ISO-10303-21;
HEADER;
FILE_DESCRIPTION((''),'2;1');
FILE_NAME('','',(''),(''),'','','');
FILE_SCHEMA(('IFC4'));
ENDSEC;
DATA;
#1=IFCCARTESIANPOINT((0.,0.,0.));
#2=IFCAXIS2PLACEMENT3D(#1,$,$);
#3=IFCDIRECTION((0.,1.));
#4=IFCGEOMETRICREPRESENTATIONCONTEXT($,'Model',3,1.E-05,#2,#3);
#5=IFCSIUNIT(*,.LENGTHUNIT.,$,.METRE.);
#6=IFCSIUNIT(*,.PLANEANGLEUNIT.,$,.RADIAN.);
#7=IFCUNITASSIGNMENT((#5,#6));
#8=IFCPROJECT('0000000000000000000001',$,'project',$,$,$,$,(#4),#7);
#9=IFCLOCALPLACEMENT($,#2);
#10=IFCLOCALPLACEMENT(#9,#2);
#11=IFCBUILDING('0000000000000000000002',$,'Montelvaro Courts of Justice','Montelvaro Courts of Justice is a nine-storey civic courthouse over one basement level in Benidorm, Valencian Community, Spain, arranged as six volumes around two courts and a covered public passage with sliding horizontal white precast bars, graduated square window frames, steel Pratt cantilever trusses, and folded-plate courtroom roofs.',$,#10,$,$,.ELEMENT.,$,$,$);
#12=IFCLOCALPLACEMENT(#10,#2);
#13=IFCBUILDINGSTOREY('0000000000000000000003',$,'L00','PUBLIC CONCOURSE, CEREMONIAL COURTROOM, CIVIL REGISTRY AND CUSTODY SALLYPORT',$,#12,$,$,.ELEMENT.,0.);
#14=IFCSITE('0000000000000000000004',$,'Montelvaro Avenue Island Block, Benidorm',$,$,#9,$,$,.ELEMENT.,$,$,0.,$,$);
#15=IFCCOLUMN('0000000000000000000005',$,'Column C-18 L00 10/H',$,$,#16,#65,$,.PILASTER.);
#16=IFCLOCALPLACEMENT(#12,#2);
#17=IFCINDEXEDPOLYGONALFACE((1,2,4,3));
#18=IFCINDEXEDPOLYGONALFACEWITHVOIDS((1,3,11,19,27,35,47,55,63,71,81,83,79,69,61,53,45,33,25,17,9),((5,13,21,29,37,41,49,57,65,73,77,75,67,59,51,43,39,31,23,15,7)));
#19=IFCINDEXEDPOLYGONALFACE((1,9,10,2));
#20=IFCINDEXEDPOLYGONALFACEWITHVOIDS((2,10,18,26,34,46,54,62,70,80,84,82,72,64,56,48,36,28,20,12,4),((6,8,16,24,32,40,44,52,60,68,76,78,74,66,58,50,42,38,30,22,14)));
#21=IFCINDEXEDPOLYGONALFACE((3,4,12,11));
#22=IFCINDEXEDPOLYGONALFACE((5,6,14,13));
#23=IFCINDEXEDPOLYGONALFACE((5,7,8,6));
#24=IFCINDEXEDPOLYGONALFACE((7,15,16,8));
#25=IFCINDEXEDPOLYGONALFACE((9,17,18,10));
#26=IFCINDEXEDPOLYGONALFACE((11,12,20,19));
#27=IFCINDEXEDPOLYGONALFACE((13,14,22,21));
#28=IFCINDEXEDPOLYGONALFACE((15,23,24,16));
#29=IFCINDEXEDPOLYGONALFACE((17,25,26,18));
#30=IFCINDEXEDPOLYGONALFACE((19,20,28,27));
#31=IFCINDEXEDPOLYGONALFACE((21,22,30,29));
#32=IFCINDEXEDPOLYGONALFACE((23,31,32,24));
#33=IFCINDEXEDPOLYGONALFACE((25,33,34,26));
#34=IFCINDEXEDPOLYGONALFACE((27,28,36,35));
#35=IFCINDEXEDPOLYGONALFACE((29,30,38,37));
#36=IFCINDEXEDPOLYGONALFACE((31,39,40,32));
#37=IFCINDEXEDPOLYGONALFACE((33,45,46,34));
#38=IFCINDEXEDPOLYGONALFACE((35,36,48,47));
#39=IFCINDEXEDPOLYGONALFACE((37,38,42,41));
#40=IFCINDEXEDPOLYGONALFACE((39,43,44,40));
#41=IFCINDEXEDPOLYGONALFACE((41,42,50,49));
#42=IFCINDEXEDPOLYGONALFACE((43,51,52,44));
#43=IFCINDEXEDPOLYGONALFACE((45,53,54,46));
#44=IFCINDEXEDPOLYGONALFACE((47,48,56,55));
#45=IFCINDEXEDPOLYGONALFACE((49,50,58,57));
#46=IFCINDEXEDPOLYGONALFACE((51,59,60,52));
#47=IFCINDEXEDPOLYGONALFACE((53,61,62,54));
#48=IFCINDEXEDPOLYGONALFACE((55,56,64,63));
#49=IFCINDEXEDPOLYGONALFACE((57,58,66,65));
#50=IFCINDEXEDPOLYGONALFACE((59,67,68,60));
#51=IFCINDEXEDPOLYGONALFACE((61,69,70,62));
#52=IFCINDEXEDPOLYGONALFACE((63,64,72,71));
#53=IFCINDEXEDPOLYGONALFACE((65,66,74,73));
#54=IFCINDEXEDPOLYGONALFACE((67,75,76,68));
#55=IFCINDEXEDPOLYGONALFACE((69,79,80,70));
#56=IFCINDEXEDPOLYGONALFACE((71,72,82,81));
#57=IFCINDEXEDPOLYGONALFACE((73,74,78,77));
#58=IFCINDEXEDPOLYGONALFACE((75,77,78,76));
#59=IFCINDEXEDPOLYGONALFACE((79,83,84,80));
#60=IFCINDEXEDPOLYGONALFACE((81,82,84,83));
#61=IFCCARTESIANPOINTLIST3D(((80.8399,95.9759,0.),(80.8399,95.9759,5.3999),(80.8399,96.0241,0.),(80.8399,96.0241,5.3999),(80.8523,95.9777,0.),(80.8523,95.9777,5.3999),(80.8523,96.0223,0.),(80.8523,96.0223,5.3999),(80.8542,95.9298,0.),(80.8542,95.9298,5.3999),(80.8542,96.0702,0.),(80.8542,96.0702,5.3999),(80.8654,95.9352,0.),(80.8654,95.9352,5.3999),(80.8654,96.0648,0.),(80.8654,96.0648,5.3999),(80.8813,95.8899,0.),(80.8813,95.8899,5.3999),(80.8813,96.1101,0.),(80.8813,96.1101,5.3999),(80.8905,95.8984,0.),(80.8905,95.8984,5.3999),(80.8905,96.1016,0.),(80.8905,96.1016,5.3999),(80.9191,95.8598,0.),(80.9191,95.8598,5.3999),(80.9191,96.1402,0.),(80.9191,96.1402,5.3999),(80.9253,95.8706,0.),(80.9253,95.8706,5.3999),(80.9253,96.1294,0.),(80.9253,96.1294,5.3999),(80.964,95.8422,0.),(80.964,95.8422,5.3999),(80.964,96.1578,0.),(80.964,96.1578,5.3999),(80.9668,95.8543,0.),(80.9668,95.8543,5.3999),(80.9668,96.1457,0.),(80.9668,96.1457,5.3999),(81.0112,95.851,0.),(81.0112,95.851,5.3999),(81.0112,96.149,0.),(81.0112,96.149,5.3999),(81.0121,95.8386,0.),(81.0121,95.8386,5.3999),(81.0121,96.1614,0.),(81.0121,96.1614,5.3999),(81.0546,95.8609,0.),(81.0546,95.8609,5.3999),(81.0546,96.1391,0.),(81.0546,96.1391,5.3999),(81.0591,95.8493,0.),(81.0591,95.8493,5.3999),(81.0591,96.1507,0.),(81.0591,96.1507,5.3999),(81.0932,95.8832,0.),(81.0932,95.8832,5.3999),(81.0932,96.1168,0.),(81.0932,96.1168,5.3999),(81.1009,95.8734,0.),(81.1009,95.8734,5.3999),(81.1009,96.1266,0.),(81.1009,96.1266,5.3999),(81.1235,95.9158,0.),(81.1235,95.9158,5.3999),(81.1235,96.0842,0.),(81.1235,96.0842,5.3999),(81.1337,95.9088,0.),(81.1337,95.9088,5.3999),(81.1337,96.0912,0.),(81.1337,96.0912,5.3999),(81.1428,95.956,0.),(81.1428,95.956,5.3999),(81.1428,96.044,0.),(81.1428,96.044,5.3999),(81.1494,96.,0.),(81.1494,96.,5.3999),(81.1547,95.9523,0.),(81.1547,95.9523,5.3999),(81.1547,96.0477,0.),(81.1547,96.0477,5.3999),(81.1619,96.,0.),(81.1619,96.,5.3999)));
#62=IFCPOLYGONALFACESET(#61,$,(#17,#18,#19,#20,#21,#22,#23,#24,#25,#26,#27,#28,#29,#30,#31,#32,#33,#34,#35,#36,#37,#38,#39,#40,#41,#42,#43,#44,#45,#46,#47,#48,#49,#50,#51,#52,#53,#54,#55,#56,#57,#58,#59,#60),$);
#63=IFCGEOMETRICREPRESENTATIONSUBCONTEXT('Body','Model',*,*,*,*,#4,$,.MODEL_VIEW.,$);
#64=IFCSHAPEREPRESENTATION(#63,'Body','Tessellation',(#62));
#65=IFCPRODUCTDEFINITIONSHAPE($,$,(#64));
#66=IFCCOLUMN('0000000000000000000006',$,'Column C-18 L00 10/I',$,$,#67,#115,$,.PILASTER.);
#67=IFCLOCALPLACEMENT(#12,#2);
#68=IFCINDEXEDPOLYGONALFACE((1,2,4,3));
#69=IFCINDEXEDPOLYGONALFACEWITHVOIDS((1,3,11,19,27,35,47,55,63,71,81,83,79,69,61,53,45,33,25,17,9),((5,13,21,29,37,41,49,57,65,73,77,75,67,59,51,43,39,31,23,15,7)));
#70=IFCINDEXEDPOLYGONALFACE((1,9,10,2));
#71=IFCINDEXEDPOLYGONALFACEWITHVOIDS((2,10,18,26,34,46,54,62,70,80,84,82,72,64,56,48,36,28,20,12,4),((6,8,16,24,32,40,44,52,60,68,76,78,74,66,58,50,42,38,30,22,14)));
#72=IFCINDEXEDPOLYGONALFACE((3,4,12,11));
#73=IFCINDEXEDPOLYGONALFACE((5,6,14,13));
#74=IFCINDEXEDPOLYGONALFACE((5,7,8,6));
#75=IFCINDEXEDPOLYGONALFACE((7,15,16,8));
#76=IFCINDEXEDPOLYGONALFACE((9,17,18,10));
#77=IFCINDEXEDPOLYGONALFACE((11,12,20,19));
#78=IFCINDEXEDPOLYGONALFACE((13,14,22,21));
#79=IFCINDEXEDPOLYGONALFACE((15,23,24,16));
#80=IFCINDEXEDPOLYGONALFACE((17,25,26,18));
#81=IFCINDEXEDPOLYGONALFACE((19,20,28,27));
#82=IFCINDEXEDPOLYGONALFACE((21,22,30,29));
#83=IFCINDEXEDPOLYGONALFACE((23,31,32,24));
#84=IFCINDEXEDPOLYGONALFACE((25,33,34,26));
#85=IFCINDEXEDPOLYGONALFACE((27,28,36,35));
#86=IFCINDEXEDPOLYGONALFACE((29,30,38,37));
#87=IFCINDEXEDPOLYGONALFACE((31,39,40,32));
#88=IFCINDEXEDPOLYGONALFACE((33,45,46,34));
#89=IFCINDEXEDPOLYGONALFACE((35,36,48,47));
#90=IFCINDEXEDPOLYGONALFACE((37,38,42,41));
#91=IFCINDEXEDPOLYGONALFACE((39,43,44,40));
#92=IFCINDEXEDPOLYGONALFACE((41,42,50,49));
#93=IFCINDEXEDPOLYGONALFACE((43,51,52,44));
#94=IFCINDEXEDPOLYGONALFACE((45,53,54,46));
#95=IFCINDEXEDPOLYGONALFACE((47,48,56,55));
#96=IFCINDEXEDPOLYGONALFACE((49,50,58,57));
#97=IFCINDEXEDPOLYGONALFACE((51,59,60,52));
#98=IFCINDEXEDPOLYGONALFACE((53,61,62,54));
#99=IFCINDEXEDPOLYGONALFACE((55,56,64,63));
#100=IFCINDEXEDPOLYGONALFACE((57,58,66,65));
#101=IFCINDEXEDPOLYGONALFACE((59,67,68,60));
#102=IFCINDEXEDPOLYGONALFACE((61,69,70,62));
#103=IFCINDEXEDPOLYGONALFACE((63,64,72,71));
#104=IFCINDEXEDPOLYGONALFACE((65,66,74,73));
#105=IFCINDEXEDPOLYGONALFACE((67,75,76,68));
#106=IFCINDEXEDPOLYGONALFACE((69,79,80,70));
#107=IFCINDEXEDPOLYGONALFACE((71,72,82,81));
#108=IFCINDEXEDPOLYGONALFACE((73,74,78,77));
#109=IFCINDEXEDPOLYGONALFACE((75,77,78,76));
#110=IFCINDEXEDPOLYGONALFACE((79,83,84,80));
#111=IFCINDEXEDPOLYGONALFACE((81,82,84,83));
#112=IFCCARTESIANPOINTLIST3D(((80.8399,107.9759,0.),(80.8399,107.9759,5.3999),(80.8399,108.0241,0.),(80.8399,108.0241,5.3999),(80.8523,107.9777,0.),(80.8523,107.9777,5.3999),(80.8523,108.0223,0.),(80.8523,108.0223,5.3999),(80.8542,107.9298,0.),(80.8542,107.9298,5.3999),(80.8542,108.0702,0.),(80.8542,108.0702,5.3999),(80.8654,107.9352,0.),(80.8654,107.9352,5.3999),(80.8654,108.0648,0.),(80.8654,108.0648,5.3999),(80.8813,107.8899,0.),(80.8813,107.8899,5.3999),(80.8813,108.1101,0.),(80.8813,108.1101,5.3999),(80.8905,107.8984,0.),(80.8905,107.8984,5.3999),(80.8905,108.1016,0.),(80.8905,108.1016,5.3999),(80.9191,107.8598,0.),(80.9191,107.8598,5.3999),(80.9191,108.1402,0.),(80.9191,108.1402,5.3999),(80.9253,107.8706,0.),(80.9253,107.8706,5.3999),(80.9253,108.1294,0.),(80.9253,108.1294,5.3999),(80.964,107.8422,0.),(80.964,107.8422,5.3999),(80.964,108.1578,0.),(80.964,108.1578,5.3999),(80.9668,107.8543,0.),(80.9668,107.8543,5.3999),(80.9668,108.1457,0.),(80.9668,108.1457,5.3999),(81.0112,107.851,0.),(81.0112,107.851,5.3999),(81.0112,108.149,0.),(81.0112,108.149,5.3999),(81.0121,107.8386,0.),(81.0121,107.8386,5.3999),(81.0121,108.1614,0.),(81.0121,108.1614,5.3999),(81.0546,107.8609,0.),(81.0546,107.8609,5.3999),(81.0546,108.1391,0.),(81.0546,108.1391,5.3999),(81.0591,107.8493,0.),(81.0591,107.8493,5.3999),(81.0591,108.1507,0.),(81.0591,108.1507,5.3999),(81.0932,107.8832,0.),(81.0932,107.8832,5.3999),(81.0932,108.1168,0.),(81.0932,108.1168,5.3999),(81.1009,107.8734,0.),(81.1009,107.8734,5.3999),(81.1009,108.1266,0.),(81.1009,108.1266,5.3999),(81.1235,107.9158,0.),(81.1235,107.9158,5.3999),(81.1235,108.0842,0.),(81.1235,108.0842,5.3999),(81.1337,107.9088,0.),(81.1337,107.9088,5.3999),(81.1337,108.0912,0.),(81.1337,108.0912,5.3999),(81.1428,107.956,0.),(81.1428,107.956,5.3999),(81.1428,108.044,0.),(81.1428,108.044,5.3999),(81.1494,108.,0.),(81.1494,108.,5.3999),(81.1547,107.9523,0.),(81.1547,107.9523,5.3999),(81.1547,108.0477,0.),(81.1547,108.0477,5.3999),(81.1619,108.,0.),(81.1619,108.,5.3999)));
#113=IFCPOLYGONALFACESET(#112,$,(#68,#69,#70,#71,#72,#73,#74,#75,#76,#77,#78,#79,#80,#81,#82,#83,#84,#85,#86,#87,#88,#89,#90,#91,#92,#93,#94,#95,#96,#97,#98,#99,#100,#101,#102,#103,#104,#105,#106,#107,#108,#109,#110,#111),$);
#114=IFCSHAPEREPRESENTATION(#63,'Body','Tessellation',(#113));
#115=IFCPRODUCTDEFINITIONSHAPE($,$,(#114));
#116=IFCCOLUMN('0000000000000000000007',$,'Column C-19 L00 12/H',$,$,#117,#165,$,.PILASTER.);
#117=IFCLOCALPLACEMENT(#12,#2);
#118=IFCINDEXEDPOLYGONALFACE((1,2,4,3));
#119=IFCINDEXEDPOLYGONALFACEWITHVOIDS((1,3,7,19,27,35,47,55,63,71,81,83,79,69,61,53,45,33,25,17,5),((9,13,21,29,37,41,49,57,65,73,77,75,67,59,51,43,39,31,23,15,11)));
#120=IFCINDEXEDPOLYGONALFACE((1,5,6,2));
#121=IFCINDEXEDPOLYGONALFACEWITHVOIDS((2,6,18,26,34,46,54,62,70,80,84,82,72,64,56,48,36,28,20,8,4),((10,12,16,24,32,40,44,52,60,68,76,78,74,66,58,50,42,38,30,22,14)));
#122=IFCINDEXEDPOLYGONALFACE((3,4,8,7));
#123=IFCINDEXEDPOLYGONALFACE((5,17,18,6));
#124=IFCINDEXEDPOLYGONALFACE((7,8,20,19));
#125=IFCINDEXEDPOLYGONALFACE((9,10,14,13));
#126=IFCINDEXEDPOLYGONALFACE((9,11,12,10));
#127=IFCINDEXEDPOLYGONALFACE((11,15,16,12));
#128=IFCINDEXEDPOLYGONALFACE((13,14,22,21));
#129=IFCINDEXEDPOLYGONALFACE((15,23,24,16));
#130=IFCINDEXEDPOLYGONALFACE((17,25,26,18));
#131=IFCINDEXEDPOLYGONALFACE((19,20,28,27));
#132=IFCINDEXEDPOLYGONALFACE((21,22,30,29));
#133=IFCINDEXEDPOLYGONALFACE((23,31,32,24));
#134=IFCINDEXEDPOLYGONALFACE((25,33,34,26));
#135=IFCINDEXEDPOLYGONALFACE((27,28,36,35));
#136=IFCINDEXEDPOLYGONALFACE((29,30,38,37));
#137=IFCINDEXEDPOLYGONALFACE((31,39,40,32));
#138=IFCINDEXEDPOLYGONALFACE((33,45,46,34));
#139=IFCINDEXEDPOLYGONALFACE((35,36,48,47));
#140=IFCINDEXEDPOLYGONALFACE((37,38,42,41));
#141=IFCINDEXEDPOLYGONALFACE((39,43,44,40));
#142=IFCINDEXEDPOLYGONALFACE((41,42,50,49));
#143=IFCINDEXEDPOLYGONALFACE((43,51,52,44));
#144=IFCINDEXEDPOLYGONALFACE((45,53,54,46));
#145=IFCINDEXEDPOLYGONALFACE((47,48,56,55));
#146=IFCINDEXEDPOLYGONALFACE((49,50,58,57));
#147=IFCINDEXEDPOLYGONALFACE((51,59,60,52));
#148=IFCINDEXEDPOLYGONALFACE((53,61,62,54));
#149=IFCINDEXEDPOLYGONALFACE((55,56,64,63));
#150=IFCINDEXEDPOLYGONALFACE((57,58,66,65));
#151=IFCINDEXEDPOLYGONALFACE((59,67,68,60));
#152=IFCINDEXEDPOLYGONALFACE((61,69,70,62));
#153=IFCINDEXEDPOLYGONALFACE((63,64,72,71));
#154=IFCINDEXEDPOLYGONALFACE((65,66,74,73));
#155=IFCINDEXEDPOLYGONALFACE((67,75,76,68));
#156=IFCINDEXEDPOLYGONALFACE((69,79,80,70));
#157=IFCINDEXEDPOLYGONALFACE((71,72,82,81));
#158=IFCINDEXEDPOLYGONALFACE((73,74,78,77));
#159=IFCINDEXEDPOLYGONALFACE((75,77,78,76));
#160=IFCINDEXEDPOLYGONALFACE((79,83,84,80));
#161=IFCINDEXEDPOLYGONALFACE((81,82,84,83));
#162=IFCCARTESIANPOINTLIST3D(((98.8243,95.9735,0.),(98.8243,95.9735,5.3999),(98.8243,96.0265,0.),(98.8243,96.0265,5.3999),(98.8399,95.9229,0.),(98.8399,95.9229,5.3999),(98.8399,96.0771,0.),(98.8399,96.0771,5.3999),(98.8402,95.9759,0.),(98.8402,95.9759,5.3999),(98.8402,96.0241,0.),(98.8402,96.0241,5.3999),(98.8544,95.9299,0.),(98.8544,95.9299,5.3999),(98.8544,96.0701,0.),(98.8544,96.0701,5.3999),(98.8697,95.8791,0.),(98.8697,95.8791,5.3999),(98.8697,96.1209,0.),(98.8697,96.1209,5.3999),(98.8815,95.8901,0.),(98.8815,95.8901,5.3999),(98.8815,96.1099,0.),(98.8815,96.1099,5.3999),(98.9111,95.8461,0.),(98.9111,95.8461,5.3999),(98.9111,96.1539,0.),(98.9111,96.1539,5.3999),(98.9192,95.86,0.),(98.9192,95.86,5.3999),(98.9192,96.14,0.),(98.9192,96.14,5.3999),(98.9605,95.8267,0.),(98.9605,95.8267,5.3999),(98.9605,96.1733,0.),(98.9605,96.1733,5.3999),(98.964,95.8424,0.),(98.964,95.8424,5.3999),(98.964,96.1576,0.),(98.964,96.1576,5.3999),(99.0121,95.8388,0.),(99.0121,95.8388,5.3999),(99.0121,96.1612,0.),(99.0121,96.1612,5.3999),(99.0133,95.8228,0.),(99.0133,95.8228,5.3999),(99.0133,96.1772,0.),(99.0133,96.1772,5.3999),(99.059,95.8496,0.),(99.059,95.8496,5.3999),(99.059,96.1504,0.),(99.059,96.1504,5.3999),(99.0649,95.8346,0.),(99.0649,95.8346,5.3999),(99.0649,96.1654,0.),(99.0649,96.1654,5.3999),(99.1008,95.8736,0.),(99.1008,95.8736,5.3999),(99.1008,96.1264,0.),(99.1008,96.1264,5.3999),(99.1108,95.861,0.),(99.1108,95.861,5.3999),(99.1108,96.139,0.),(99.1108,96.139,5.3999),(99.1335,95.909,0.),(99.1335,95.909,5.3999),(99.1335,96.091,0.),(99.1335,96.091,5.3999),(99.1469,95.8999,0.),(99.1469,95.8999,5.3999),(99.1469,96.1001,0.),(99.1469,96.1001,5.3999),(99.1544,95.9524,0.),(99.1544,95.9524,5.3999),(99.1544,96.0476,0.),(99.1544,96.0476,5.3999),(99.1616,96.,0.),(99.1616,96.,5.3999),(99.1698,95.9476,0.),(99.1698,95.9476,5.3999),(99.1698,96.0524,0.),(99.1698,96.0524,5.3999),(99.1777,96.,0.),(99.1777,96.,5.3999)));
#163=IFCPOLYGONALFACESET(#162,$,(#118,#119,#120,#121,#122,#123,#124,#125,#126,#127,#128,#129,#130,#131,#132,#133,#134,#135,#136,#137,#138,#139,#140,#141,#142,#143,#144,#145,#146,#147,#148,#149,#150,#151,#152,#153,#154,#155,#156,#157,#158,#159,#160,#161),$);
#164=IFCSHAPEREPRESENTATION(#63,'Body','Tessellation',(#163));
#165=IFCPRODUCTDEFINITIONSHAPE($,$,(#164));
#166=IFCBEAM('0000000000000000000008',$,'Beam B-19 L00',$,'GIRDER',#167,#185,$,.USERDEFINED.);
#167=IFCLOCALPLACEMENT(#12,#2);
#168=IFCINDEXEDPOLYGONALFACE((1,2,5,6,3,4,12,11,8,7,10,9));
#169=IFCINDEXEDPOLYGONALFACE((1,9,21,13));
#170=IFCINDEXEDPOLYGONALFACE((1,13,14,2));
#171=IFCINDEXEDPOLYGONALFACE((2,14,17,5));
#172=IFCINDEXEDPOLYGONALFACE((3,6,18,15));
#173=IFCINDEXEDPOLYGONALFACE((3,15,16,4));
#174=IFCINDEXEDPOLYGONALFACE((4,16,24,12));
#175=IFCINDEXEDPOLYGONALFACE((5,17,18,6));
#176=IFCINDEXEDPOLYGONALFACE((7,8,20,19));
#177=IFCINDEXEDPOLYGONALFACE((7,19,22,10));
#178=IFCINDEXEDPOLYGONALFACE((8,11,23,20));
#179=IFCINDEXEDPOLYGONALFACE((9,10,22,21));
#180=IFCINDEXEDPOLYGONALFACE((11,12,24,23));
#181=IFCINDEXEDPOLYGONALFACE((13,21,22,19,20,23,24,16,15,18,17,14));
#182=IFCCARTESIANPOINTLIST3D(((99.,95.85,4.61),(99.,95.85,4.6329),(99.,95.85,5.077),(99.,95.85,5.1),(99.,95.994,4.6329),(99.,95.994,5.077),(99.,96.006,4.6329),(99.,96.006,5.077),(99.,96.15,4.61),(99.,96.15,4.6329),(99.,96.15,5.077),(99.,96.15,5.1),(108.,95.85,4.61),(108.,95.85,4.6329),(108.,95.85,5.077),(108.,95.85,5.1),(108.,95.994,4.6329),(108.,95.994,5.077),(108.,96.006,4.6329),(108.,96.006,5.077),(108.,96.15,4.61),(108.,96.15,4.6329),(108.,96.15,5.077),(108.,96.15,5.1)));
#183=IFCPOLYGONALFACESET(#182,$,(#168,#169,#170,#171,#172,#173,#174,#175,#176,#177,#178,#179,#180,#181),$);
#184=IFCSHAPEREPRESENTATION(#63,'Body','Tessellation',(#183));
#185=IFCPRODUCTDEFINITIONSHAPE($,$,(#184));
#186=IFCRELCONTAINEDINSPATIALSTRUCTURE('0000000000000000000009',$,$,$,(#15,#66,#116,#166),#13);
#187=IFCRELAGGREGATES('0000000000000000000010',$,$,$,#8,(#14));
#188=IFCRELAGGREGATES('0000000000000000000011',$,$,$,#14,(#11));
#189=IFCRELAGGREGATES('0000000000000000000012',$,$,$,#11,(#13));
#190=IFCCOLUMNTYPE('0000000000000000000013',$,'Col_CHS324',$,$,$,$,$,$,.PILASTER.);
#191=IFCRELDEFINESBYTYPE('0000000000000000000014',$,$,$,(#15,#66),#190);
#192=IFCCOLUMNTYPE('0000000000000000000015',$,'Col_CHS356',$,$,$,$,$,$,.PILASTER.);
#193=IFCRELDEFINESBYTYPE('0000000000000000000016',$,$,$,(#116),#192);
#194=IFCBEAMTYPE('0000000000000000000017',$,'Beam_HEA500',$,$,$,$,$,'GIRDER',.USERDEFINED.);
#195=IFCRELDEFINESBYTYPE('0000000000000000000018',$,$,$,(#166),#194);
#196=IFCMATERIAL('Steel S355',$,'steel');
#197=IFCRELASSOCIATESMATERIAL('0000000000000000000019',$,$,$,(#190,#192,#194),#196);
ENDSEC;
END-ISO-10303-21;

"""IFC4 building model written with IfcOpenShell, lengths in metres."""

from ifc_helpers import new_model, si_unit, direction, frame, origin, origin_2d, place, context, subcontext, project, spatial, hollow_circle, i_section, extrude, material, material_profile, profile_set, type_object, element, save


model = new_model("IFC4")

# Units and contexts
model_context = context("Model", 3, precision=1e-05, world=origin(), true_north=direction((0.0, 1.0)))
body_context = subcontext(model_context, "Body", "Model", "MODEL_VIEW")
ifc_project = project(units=[si_unit("LENGTHUNIT", "METRE"), si_unit("PLANEANGLEUNIT", "RADIAN")], contexts=[model_context])

# Site, building, storey
site_placement = place(None, origin())
site = spatial("IfcSite", under=ifc_project, at=site_placement, Name="Montelvaro Avenue Island Block, Benidorm", CompositionType="ELEMENT", RefElevation=0.0)
building_placement = place(site_placement, origin())
building = spatial("IfcBuilding", under=site, at=building_placement, Name="Montelvaro Courts of Justice", Description="Montelvaro Courts of Justice is a nine-storey civic courthouse over one basement level in Benidorm, Valencian Community, Spain, arranged as six volumes around two courts and a covered public passage with sliding horizontal white precast bars, graduated square window frames, steel Pratt cantilever trusses, and folded-plate courtroom roofs.", CompositionType="ELEMENT")
storey_placement = place(building_placement, origin())
storey = spatial("IfcBuildingStorey", under=building, at=storey_placement, Name="L00", Description="PUBLIC CONCOURSE, CEREMONIAL COURTROOM, CIVIL REGISTRY AND CUSTODY SALLYPORT", CompositionType="ELEMENT", Elevation=0.0)

# Columns
ifc_material_1 = material(Name="Steel S355", Category="steel")
ifc_material_profile_1 = material_profile(ifc_material_1, hollow_circle(Radius=0.1619, WallThickness=0.0125, at=origin_2d()), Name="CHS 323.9x12.5")
ifc_profile_set_1 = profile_set([ifc_material_profile_1], Name="Steel S355")
column_type_1 = type_object("IfcColumnType", Name="Col_CHS324", PredefinedType="PILASTER", material=ifc_profile_set_1)
for number, where, z_axis, x_axis, name in (
    (1, (81.0, 96.0, 0.0), (0.0, 0.0, 1.0), (1.0, 0.0, 0.0), "Column C-18 L00 10/H"),
    (2, (81.0, 108.0, 0.0), (0.0, 0.0, 1.0), (1.0, 0.0, 0.0), "Column C-18 L00 10/I"),
):
    element("IfcColumn", number, at=place(storey_placement, frame(where, z_axis=z_axis, x_axis=x_axis)), inside=storey, type_object=column_type_1, Name=name, PredefinedType="PILASTER", context=body_context, shape_type="SweptSolid", body=[
        extrude(hollow_circle(Radius=0.1619, WallThickness=0.0125, at=origin_2d()), origin(), (0.0, 0.0, 1.0), 5.3999),
    ])
ifc_material_profile_2 = material_profile(ifc_material_1, hollow_circle(Radius=0.1777, WallThickness=0.0161, at=origin_2d()), Name="CHS 355.6x16")
ifc_profile_set_2 = profile_set([ifc_material_profile_2], Name="Steel S355")
column_type_2 = type_object("IfcColumnType", Name="Col_CHS356", PredefinedType="PILASTER", material=ifc_profile_set_2)
column_placement = place(storey_placement, frame((99.0, 96.0, 0.0), z_axis=(0.0, 0.0, 1.0), x_axis=(1.0, 0.0, 0.0)))
element("IfcColumn", 3, at=column_placement, inside=storey, type_object=column_type_2, Name="Column C-19 L00 12/H", PredefinedType="PILASTER", context=body_context, shape_type="SweptSolid", body=[
    extrude(hollow_circle(Radius=0.1777, WallThickness=0.0161, at=origin_2d()), origin(), (0.0, 0.0, 1.0), 5.3999),
])

# Beam
ifc_material_profile_3 = material_profile(ifc_material_1, i_section(OverallWidth=0.3, OverallDepth=0.49, WebThickness=0.012, FlangeThickness=0.0229, at=origin_2d()), Name="HEA 500")
ifc_profile_set_3 = profile_set([ifc_material_profile_3], Name="Steel S355")
beam_type_1 = type_object("IfcBeamType", Name="Beam_HEA500", ElementType="GIRDER", PredefinedType="USERDEFINED", material=ifc_profile_set_3)
beam_1_placement = place(storey_placement, frame((99.0, 96.0, 4.855), z_axis=(1.0, 0.0, 0.0), x_axis=(0.0, 1.0, 0.0)))
element("IfcBeam", 4, at=beam_1_placement, inside=storey, type_object=beam_type_1, Name="Beam B-19 L00", ObjectType="GIRDER", PredefinedType="USERDEFINED", context=body_context, shape_type="SweptSolid", body=[
    extrude(i_section(OverallWidth=0.3, OverallDepth=0.49, WebThickness=0.012, FlangeThickness=0.0229, at=origin_2d()), origin(), (0.0, 0.0, 1.0), 9.0),
])

save(model, "model.ifc")
